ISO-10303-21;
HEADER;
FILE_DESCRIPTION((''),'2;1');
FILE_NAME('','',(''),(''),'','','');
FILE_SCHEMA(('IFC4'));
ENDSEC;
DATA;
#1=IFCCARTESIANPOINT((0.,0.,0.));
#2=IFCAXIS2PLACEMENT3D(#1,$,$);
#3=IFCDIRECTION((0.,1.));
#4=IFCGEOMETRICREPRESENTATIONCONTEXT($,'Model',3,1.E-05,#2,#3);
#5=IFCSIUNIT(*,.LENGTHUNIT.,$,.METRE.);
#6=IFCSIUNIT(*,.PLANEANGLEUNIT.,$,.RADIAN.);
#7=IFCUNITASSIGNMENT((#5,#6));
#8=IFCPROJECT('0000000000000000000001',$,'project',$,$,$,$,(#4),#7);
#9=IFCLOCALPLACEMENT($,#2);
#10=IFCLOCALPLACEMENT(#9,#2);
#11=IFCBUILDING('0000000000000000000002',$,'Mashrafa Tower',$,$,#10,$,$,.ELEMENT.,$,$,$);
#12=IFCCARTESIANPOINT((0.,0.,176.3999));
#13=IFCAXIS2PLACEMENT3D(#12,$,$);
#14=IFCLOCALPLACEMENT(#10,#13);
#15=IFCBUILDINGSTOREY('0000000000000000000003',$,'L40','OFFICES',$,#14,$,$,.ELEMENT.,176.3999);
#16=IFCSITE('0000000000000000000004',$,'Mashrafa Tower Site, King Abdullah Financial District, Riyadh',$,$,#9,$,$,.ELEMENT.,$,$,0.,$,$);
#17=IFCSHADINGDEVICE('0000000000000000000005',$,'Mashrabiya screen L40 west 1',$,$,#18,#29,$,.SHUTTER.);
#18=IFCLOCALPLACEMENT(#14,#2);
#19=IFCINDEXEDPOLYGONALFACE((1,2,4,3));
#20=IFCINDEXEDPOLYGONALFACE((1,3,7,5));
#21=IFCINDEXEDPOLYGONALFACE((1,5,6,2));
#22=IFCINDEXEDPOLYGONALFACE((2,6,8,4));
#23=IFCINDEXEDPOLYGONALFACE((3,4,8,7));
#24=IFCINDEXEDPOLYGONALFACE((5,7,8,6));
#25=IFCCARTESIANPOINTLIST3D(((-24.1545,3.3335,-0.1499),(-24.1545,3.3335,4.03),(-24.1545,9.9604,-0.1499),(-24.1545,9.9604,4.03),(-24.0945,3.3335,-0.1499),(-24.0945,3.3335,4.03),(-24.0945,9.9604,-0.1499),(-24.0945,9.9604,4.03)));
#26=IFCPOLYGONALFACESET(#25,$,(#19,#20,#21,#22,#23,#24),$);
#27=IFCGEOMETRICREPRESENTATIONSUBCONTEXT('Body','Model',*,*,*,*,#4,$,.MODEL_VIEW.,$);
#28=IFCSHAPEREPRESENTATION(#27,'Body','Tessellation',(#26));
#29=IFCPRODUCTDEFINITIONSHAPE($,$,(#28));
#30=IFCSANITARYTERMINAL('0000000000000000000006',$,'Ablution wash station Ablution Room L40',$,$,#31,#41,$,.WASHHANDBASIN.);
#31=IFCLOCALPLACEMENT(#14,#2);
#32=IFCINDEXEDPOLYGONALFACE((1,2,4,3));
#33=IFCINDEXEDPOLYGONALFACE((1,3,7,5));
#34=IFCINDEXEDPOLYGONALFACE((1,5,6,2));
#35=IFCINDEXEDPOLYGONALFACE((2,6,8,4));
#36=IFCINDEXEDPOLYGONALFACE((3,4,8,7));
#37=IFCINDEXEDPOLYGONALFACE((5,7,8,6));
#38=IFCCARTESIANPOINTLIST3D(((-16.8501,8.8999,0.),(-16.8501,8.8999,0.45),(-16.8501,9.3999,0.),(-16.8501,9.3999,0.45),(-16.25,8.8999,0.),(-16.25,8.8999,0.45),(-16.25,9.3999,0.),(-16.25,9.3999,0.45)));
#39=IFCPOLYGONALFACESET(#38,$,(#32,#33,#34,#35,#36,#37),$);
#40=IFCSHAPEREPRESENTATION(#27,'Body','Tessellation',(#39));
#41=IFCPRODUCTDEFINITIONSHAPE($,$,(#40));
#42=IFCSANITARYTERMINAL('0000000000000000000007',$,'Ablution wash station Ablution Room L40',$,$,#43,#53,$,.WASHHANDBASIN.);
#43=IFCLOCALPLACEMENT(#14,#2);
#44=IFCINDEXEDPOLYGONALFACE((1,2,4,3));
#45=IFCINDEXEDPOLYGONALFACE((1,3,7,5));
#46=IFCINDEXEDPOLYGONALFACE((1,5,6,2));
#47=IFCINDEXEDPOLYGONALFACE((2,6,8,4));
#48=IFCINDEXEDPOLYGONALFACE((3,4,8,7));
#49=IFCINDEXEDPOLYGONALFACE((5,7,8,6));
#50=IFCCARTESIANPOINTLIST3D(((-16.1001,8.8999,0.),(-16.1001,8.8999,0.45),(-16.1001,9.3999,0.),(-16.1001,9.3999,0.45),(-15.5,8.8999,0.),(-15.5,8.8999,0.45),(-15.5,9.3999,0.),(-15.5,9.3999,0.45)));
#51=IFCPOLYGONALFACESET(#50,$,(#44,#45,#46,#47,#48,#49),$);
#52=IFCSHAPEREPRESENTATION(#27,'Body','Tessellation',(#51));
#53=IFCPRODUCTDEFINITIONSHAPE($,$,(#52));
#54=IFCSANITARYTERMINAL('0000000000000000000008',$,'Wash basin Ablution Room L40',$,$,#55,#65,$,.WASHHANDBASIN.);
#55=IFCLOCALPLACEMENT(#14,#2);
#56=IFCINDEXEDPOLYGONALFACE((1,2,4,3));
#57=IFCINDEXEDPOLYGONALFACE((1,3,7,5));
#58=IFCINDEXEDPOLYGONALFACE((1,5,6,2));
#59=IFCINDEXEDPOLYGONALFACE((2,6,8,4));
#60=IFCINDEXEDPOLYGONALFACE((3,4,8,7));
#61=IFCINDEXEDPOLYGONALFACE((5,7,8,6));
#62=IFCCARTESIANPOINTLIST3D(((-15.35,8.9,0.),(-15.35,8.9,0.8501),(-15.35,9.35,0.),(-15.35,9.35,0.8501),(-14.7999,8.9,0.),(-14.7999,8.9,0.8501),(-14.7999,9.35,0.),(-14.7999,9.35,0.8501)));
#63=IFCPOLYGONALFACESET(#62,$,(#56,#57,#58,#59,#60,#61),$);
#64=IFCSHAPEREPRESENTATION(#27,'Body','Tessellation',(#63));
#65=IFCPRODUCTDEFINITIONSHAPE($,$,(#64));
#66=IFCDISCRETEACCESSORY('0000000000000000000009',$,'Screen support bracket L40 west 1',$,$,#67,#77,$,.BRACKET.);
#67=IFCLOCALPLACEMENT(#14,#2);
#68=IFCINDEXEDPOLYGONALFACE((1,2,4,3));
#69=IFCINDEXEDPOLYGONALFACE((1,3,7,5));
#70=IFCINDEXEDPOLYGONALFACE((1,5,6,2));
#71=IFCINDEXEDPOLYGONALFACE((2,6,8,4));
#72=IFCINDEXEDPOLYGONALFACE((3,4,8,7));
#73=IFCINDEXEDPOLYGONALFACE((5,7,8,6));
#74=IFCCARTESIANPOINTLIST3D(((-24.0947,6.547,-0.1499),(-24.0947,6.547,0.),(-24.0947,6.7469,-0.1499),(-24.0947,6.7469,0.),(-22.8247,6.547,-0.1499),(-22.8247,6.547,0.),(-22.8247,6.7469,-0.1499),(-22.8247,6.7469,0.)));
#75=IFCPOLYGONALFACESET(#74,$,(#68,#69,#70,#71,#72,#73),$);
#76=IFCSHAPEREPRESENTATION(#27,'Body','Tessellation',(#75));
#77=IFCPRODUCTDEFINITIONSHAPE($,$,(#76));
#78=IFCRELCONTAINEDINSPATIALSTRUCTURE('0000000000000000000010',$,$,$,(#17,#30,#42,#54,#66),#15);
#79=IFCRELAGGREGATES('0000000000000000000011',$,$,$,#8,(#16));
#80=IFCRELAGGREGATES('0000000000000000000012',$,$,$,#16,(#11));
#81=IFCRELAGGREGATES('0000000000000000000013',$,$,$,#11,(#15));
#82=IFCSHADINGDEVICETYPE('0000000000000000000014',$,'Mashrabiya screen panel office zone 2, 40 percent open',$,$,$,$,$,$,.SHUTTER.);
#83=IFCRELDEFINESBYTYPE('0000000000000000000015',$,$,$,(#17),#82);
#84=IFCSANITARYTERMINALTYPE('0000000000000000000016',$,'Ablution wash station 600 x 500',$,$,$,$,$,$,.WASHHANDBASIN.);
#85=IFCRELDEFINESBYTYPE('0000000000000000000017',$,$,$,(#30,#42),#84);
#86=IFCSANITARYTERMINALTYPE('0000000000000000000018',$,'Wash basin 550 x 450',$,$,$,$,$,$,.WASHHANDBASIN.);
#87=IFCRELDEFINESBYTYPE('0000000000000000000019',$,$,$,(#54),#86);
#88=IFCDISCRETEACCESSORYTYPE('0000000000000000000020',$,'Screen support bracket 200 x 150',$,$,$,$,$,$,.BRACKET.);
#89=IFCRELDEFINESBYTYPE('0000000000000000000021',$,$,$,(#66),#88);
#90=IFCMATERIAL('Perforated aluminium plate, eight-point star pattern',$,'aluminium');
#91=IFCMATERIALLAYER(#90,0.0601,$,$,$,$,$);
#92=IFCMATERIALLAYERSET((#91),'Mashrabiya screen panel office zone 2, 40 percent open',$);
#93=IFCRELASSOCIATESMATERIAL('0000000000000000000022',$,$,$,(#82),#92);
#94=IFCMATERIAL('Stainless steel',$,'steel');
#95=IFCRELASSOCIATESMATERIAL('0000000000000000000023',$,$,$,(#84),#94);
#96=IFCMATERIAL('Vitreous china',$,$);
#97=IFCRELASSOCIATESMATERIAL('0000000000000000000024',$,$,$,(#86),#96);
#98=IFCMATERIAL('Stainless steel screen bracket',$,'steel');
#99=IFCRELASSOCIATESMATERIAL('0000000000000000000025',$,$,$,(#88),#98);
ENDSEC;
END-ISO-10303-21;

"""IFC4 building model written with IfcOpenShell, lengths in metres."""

from ifc_helpers import new_model, si_unit, direction, frame, origin, origin_2d, place, context, subcontext, project, spatial, rectangle, extrude, source, transform, mapped, material, layer, layer_set, type_object, type_shapes, element, save


model = new_model("IFC4")

# Units and contexts
model_context = context("Model", 3, precision=1e-05, world=origin(), true_north=direction((0.0, 1.0)))
body_context = subcontext(model_context, "Body", "Model", "MODEL_VIEW")
ifc_project = project(units=[si_unit("LENGTHUNIT", "METRE"), si_unit("PLANEANGLEUNIT", "RADIAN")], contexts=[model_context])

# Site, building, storey
site_placement = place(None, origin())
site = spatial("IfcSite", under=ifc_project, at=site_placement, Name="Mashrafa Tower Site, King Abdullah Financial District, Riyadh", CompositionType="ELEMENT", RefElevation=0.0)
building_placement = place(site_placement, origin())
building = spatial("IfcBuilding", under=site, at=building_placement, Name="Mashrafa Tower", CompositionType="ELEMENT")
storey_placement = place(building_placement, frame((0.0, 0.0, 176.3999)))
storey = spatial("IfcBuildingStorey", under=building, at=storey_placement, Name="L40", Description="OFFICES", CompositionType="ELEMENT", Elevation=176.3999)

# Shading device
ifc_material_1 = material(Name="Perforated aluminium plate, eight-point star pattern", Category="aluminium")
ifc_layer_1 = layer(ifc_material_1, 0.0601)
ifc_layer_set_1 = layer_set([ifc_layer_1], Name="Mashrabiya screen panel office zone 2, 40 percent open")
shading_device_type = type_object("IfcShadingDeviceType", Name="Mashrabiya screen panel office zone 2, 40 percent open", PredefinedType="SHUTTER", material=ifc_layer_set_1)
shared_shape_1 = source(origin(), body_context, "Body", "SweptSolid", [
    extrude(rectangle(XDim=6.627, YDim=0.0601, at=origin_2d()), origin(), (0.0, 0.0, 1.0), 4.1799),
])
type_shapes(shading_device_type, [shared_shape_1])
shading_device_placement = place(storey_placement, frame((-24.1245, 6.647, -0.1499), z_axis=(0.0, 0.0, 1.0), x_axis=(0.0, -1.0, 0.0)))
element("IfcShadingDevice", 1, at=shading_device_placement, inside=storey, type_object=shading_device_type, Name="Mashrabiya screen L40 west 1", PredefinedType="SHUTTER", context=body_context, shape_type="MappedRepresentation", body=[
    mapped(shared_shape_1, transform((0.0, 0.0, 0.0))),
])

# Sanitary terminals
ifc_material_2 = material(Name="Stainless steel", Category="steel")
sanitary_terminal_type_1 = type_object("IfcSanitaryTerminalType", Name="Ablution wash station 600 x 500", PredefinedType="WASHHANDBASIN", material=ifc_material_2)
for number, where, z_axis, x_axis, name in (
    (2, (-16.55, 9.1499, 0.0), (0.0, 0.0, 1.0), (1.0, 0.0, 0.0), "Ablution wash station Ablution Room L40"),
    (3, (-15.8, 9.1499, 0.0), (0.0, 0.0, 1.0), (1.0, 0.0, 0.0), "Ablution wash station Ablution Room L40"),
):
    element("IfcSanitaryTerminal", number, at=place(storey_placement, frame(where, z_axis=z_axis, x_axis=x_axis)), inside=storey, type_object=sanitary_terminal_type_1, Name=name, PredefinedType="WASHHANDBASIN", context=body_context, shape_type="SweptSolid", body=[
        extrude(rectangle(XDim=0.6001, YDim=0.5, at=origin_2d()), origin(), (0.0, 0.0, 1.0), 0.45),
    ])
ifc_material_3 = material(Name="Vitreous china")
sanitary_terminal_type_2 = type_object("IfcSanitaryTerminalType", Name="Wash basin 550 x 450", PredefinedType="WASHHANDBASIN", material=ifc_material_3)
sanitary_terminal_placement = place(storey_placement, frame((-15.075, 9.125, 0.0), z_axis=(0.0, 0.0, 1.0), x_axis=(1.0, 0.0, 0.0)))
element("IfcSanitaryTerminal", 4, at=sanitary_terminal_placement, inside=storey, type_object=sanitary_terminal_type_2, Name="Wash basin Ablution Room L40", PredefinedType="WASHHANDBASIN", context=body_context, shape_type="SweptSolid", body=[
    extrude(rectangle(XDim=0.55, YDim=0.45, at=origin_2d()), origin(), (0.0, 0.0, 1.0), 0.8501),
])

# Discrete accessory
ifc_material_4 = material(Name="Stainless steel screen bracket", Category="steel")
discrete_accessory_type = type_object("IfcDiscreteAccessoryType", Name="Screen support bracket 200 x 150", PredefinedType="BRACKET", material=ifc_material_4)
shared_shape_2 = source(origin(), body_context, "Body", "SweptSolid", [
    extrude(rectangle(XDim=0.2, YDim=1.27, at=origin_2d()), origin(), (0.0, 0.0, 1.0), 0.1499),
])
type_shapes(discrete_accessory_type, [shared_shape_2])
discrete_accessory_placement = place(storey_placement, frame((-23.4597, 6.647, -0.1499), z_axis=(0.0, 0.0, 1.0), x_axis=(0.0, -1.0, 0.0)))
element("IfcDiscreteAccessory", 5, at=discrete_accessory_placement, inside=storey, type_object=discrete_accessory_type, Name="Screen support bracket L40 west 1", PredefinedType="BRACKET", context=body_context, shape_type="MappedRepresentation", body=[
    mapped(shared_shape_2, transform((0.0, 0.0, 0.0))),
])

save(model, "model.ifc")
